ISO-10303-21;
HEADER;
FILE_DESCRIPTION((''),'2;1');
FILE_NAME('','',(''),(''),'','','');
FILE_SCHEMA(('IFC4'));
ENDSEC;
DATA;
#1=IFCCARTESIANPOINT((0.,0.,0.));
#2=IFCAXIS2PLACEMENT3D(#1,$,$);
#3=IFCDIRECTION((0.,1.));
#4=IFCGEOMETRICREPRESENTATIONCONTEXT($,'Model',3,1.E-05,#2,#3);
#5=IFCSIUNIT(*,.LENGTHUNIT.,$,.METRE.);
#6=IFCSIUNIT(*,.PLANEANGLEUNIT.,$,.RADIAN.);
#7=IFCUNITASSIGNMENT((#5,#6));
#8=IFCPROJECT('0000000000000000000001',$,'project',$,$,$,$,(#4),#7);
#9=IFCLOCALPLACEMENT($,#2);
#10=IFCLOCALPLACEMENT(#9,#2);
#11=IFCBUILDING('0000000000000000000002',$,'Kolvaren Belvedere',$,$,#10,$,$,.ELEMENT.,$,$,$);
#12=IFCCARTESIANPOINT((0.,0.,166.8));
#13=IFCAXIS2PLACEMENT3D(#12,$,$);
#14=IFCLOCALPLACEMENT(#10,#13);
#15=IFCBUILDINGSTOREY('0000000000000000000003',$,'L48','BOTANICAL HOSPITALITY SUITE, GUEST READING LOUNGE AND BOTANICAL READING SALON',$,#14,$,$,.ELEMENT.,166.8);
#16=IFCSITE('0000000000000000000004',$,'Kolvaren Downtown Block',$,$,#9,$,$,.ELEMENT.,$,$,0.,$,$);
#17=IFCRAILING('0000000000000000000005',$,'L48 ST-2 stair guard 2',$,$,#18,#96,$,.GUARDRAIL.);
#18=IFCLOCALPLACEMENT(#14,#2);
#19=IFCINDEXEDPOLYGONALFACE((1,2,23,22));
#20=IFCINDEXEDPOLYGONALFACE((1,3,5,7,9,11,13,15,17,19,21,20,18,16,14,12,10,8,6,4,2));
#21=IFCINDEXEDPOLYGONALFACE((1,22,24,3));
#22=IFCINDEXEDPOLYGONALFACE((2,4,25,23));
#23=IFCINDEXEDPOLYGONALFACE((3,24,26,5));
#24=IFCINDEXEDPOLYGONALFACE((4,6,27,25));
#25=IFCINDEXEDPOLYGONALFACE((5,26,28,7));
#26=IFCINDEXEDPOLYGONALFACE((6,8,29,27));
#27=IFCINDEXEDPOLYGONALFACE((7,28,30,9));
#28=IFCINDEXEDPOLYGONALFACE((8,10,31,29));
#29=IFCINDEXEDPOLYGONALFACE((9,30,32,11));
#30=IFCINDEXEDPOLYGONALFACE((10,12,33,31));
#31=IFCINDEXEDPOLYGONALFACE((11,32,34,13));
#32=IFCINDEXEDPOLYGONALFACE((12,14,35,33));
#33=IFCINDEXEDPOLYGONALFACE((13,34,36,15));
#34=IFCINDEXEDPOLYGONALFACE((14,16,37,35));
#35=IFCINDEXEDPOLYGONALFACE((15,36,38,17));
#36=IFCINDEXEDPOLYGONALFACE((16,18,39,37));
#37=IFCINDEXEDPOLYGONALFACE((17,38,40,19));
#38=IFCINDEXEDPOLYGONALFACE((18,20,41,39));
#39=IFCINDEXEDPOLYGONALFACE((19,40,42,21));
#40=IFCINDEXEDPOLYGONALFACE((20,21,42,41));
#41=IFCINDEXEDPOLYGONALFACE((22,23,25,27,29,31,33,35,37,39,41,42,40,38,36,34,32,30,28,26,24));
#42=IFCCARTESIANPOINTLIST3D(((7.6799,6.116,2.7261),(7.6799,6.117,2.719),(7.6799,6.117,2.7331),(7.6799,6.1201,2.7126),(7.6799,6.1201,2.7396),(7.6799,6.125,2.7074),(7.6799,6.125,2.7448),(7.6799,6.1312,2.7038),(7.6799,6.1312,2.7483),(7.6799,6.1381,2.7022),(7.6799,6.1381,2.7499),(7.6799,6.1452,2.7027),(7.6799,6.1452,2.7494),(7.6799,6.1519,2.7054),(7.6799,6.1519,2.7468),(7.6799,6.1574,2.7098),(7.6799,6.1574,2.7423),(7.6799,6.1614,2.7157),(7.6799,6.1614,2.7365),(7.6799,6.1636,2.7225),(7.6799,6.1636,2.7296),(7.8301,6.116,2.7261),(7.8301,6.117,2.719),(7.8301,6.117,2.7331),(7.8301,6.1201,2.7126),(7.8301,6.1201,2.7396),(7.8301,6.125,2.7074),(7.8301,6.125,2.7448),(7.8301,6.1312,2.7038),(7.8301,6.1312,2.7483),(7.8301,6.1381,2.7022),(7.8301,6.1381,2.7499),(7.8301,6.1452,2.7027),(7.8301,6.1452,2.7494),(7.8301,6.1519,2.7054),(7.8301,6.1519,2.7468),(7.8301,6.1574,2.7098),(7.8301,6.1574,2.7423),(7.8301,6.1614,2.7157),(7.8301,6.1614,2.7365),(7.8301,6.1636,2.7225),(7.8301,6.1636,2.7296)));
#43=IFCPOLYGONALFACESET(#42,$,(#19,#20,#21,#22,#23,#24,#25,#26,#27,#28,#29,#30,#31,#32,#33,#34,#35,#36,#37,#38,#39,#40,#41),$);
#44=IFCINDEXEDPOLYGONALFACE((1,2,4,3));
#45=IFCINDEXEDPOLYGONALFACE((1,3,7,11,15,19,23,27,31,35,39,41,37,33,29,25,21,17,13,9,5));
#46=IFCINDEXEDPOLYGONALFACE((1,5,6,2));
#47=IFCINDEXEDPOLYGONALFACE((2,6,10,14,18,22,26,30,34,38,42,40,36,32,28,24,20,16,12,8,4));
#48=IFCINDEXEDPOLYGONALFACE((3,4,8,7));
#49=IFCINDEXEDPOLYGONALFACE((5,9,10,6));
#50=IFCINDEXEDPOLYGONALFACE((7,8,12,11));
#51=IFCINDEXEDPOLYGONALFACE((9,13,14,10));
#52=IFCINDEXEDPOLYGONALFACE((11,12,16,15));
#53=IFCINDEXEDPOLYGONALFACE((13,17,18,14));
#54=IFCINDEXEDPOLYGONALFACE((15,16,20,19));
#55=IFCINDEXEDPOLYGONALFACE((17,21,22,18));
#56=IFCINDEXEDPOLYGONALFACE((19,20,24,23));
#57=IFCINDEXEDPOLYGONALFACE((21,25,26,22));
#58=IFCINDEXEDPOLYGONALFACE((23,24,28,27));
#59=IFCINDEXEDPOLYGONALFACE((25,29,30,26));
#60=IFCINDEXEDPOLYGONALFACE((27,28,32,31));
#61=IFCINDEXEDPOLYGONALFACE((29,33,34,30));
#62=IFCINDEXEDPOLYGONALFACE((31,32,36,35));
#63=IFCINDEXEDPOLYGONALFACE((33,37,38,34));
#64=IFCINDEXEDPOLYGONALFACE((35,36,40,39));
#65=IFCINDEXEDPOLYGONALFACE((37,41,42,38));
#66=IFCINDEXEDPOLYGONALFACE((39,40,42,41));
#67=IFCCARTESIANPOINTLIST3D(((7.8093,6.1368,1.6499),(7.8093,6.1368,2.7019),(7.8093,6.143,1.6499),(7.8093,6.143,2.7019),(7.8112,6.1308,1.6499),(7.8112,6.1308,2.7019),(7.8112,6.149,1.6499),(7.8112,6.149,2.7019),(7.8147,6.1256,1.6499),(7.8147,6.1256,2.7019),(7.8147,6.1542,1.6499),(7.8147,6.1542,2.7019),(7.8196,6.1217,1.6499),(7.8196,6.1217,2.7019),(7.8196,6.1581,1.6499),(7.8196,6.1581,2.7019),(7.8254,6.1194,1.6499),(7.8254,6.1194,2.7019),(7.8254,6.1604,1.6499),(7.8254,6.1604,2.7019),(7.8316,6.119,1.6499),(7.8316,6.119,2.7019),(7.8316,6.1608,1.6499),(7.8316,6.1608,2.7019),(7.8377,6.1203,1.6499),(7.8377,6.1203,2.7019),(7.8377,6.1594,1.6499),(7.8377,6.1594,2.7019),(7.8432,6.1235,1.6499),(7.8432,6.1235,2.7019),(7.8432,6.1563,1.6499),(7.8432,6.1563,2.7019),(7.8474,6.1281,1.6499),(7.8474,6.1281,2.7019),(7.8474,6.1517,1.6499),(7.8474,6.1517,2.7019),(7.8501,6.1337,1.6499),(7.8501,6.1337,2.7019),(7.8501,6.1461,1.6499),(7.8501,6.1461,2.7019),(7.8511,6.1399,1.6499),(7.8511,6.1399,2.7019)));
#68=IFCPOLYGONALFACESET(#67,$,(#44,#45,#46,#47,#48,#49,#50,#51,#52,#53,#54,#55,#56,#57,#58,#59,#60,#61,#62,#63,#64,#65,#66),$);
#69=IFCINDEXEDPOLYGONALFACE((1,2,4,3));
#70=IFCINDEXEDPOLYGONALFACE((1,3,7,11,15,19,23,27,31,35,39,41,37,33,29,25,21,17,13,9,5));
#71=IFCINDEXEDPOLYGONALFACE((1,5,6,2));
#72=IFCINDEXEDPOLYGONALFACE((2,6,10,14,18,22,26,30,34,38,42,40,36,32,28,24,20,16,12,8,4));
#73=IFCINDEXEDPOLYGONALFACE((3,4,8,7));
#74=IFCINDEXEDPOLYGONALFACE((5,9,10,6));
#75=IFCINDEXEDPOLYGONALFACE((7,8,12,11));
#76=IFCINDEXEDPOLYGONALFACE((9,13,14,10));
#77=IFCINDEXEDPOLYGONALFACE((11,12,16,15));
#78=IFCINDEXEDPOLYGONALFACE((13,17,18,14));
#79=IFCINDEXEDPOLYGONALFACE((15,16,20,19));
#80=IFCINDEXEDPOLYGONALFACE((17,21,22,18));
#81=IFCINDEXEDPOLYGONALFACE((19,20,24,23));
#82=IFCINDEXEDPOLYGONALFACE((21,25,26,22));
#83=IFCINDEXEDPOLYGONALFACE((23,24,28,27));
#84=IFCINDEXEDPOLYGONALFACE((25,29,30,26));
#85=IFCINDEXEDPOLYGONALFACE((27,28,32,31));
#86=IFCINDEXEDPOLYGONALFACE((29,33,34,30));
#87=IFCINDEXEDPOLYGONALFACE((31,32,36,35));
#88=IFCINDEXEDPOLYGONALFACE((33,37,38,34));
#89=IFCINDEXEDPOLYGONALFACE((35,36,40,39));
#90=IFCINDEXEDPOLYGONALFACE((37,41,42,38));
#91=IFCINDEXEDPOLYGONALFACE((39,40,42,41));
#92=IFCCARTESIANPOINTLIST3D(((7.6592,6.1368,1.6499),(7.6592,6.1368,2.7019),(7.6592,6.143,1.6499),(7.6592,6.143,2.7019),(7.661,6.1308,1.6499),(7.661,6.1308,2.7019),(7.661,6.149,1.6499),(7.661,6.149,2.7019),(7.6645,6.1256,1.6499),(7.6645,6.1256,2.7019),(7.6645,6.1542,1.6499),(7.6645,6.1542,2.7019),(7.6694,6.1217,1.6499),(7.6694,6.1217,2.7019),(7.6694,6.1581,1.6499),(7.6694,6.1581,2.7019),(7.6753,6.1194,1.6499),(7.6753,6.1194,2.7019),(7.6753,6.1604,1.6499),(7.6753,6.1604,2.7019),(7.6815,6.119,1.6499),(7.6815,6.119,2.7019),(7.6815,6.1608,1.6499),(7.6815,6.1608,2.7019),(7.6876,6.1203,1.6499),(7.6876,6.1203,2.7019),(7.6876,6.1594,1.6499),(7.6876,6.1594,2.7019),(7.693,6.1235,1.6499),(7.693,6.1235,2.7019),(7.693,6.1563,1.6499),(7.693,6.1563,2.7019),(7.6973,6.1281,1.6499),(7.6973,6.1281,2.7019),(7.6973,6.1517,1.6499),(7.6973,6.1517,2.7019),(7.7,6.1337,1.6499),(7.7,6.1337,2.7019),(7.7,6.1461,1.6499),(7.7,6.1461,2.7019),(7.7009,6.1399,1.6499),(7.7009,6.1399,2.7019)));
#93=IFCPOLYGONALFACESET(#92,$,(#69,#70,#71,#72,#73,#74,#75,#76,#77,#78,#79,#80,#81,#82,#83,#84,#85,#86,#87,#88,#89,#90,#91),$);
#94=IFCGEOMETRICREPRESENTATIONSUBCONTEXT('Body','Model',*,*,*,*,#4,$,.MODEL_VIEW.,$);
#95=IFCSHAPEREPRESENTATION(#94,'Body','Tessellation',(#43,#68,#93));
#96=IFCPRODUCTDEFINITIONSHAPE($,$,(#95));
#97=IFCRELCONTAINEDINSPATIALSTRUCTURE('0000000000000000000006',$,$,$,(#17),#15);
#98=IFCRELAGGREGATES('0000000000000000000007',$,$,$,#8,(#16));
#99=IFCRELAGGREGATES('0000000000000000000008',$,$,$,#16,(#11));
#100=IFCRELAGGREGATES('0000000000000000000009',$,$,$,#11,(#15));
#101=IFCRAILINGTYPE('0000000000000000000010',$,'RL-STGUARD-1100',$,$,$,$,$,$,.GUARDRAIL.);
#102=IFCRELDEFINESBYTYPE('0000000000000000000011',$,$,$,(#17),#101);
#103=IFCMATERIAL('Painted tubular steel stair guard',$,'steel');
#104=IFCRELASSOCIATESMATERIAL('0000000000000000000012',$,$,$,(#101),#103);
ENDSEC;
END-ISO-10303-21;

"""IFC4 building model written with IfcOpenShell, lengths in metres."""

from ifc_helpers import new_model, si_unit, direction, frame, origin, origin_2d, place, context, subcontext, project, spatial, circle, extrude, material, type_object, element, save


model = new_model("IFC4")

# Units and contexts
model_context = context("Model", 3, precision=1e-05, world=origin(), true_north=direction((0.0, 1.0)))
body_context = subcontext(model_context, "Body", "Model", "MODEL_VIEW")
ifc_project = project(units=[si_unit("LENGTHUNIT", "METRE"), si_unit("PLANEANGLEUNIT", "RADIAN")], contexts=[model_context])

# Site, building, storey
site_placement = place(None, origin())
site = spatial("IfcSite", under=ifc_project, at=site_placement, Name="Kolvaren Downtown Block", CompositionType="ELEMENT", RefElevation=0.0)
building_placement = place(site_placement, origin())
building = spatial("IfcBuilding", under=site, at=building_placement, Name="Kolvaren Belvedere", CompositionType="ELEMENT")
storey_placement = place(building_placement, frame((0.0, 0.0, 166.8)))
storey = spatial("IfcBuildingStorey", under=building, at=storey_placement, Name="L48", Description="BOTANICAL HOSPITALITY SUITE, GUEST READING LOUNGE AND BOTANICAL READING SALON", CompositionType="ELEMENT", Elevation=166.8)

# Railing
ifc_material_1 = material(Name="Painted tubular steel stair guard", Category="steel")
railing_type_1 = type_object("IfcRailingType", Name="RL-STGUARD-1100", PredefinedType="GUARDRAIL", material=ifc_material_1)
railing_1_placement = place(storey_placement, frame((7.8301, 6.1399, 1.6499)))
element("IfcRailing", 1, at=railing_1_placement, inside=storey, type_object=railing_type_1, Name="L48 ST-2 stair guard 2", PredefinedType="GUARDRAIL", context=body_context, shape_type="SweptSolid", body=[
    extrude(circle(Radius=0.0239, at=origin_2d()), frame((0.0, 0.0, 1.0762), z_axis=(-1.0, 0.0, 0.0), x_axis=(0.0, -1.0, 0.0)), (0.0, 0.0, 1.0), 0.1501),
    extrude(circle(Radius=0.021, at=origin_2d()), origin(), (0.0, 0.0, 1.0), 1.052),
    extrude(circle(Radius=0.021, at=origin_2d()), frame((-0.1501, 0.0, 0.0)), (0.0, 0.0, 1.0), 1.052),
])

save(model, "model.ifc")
